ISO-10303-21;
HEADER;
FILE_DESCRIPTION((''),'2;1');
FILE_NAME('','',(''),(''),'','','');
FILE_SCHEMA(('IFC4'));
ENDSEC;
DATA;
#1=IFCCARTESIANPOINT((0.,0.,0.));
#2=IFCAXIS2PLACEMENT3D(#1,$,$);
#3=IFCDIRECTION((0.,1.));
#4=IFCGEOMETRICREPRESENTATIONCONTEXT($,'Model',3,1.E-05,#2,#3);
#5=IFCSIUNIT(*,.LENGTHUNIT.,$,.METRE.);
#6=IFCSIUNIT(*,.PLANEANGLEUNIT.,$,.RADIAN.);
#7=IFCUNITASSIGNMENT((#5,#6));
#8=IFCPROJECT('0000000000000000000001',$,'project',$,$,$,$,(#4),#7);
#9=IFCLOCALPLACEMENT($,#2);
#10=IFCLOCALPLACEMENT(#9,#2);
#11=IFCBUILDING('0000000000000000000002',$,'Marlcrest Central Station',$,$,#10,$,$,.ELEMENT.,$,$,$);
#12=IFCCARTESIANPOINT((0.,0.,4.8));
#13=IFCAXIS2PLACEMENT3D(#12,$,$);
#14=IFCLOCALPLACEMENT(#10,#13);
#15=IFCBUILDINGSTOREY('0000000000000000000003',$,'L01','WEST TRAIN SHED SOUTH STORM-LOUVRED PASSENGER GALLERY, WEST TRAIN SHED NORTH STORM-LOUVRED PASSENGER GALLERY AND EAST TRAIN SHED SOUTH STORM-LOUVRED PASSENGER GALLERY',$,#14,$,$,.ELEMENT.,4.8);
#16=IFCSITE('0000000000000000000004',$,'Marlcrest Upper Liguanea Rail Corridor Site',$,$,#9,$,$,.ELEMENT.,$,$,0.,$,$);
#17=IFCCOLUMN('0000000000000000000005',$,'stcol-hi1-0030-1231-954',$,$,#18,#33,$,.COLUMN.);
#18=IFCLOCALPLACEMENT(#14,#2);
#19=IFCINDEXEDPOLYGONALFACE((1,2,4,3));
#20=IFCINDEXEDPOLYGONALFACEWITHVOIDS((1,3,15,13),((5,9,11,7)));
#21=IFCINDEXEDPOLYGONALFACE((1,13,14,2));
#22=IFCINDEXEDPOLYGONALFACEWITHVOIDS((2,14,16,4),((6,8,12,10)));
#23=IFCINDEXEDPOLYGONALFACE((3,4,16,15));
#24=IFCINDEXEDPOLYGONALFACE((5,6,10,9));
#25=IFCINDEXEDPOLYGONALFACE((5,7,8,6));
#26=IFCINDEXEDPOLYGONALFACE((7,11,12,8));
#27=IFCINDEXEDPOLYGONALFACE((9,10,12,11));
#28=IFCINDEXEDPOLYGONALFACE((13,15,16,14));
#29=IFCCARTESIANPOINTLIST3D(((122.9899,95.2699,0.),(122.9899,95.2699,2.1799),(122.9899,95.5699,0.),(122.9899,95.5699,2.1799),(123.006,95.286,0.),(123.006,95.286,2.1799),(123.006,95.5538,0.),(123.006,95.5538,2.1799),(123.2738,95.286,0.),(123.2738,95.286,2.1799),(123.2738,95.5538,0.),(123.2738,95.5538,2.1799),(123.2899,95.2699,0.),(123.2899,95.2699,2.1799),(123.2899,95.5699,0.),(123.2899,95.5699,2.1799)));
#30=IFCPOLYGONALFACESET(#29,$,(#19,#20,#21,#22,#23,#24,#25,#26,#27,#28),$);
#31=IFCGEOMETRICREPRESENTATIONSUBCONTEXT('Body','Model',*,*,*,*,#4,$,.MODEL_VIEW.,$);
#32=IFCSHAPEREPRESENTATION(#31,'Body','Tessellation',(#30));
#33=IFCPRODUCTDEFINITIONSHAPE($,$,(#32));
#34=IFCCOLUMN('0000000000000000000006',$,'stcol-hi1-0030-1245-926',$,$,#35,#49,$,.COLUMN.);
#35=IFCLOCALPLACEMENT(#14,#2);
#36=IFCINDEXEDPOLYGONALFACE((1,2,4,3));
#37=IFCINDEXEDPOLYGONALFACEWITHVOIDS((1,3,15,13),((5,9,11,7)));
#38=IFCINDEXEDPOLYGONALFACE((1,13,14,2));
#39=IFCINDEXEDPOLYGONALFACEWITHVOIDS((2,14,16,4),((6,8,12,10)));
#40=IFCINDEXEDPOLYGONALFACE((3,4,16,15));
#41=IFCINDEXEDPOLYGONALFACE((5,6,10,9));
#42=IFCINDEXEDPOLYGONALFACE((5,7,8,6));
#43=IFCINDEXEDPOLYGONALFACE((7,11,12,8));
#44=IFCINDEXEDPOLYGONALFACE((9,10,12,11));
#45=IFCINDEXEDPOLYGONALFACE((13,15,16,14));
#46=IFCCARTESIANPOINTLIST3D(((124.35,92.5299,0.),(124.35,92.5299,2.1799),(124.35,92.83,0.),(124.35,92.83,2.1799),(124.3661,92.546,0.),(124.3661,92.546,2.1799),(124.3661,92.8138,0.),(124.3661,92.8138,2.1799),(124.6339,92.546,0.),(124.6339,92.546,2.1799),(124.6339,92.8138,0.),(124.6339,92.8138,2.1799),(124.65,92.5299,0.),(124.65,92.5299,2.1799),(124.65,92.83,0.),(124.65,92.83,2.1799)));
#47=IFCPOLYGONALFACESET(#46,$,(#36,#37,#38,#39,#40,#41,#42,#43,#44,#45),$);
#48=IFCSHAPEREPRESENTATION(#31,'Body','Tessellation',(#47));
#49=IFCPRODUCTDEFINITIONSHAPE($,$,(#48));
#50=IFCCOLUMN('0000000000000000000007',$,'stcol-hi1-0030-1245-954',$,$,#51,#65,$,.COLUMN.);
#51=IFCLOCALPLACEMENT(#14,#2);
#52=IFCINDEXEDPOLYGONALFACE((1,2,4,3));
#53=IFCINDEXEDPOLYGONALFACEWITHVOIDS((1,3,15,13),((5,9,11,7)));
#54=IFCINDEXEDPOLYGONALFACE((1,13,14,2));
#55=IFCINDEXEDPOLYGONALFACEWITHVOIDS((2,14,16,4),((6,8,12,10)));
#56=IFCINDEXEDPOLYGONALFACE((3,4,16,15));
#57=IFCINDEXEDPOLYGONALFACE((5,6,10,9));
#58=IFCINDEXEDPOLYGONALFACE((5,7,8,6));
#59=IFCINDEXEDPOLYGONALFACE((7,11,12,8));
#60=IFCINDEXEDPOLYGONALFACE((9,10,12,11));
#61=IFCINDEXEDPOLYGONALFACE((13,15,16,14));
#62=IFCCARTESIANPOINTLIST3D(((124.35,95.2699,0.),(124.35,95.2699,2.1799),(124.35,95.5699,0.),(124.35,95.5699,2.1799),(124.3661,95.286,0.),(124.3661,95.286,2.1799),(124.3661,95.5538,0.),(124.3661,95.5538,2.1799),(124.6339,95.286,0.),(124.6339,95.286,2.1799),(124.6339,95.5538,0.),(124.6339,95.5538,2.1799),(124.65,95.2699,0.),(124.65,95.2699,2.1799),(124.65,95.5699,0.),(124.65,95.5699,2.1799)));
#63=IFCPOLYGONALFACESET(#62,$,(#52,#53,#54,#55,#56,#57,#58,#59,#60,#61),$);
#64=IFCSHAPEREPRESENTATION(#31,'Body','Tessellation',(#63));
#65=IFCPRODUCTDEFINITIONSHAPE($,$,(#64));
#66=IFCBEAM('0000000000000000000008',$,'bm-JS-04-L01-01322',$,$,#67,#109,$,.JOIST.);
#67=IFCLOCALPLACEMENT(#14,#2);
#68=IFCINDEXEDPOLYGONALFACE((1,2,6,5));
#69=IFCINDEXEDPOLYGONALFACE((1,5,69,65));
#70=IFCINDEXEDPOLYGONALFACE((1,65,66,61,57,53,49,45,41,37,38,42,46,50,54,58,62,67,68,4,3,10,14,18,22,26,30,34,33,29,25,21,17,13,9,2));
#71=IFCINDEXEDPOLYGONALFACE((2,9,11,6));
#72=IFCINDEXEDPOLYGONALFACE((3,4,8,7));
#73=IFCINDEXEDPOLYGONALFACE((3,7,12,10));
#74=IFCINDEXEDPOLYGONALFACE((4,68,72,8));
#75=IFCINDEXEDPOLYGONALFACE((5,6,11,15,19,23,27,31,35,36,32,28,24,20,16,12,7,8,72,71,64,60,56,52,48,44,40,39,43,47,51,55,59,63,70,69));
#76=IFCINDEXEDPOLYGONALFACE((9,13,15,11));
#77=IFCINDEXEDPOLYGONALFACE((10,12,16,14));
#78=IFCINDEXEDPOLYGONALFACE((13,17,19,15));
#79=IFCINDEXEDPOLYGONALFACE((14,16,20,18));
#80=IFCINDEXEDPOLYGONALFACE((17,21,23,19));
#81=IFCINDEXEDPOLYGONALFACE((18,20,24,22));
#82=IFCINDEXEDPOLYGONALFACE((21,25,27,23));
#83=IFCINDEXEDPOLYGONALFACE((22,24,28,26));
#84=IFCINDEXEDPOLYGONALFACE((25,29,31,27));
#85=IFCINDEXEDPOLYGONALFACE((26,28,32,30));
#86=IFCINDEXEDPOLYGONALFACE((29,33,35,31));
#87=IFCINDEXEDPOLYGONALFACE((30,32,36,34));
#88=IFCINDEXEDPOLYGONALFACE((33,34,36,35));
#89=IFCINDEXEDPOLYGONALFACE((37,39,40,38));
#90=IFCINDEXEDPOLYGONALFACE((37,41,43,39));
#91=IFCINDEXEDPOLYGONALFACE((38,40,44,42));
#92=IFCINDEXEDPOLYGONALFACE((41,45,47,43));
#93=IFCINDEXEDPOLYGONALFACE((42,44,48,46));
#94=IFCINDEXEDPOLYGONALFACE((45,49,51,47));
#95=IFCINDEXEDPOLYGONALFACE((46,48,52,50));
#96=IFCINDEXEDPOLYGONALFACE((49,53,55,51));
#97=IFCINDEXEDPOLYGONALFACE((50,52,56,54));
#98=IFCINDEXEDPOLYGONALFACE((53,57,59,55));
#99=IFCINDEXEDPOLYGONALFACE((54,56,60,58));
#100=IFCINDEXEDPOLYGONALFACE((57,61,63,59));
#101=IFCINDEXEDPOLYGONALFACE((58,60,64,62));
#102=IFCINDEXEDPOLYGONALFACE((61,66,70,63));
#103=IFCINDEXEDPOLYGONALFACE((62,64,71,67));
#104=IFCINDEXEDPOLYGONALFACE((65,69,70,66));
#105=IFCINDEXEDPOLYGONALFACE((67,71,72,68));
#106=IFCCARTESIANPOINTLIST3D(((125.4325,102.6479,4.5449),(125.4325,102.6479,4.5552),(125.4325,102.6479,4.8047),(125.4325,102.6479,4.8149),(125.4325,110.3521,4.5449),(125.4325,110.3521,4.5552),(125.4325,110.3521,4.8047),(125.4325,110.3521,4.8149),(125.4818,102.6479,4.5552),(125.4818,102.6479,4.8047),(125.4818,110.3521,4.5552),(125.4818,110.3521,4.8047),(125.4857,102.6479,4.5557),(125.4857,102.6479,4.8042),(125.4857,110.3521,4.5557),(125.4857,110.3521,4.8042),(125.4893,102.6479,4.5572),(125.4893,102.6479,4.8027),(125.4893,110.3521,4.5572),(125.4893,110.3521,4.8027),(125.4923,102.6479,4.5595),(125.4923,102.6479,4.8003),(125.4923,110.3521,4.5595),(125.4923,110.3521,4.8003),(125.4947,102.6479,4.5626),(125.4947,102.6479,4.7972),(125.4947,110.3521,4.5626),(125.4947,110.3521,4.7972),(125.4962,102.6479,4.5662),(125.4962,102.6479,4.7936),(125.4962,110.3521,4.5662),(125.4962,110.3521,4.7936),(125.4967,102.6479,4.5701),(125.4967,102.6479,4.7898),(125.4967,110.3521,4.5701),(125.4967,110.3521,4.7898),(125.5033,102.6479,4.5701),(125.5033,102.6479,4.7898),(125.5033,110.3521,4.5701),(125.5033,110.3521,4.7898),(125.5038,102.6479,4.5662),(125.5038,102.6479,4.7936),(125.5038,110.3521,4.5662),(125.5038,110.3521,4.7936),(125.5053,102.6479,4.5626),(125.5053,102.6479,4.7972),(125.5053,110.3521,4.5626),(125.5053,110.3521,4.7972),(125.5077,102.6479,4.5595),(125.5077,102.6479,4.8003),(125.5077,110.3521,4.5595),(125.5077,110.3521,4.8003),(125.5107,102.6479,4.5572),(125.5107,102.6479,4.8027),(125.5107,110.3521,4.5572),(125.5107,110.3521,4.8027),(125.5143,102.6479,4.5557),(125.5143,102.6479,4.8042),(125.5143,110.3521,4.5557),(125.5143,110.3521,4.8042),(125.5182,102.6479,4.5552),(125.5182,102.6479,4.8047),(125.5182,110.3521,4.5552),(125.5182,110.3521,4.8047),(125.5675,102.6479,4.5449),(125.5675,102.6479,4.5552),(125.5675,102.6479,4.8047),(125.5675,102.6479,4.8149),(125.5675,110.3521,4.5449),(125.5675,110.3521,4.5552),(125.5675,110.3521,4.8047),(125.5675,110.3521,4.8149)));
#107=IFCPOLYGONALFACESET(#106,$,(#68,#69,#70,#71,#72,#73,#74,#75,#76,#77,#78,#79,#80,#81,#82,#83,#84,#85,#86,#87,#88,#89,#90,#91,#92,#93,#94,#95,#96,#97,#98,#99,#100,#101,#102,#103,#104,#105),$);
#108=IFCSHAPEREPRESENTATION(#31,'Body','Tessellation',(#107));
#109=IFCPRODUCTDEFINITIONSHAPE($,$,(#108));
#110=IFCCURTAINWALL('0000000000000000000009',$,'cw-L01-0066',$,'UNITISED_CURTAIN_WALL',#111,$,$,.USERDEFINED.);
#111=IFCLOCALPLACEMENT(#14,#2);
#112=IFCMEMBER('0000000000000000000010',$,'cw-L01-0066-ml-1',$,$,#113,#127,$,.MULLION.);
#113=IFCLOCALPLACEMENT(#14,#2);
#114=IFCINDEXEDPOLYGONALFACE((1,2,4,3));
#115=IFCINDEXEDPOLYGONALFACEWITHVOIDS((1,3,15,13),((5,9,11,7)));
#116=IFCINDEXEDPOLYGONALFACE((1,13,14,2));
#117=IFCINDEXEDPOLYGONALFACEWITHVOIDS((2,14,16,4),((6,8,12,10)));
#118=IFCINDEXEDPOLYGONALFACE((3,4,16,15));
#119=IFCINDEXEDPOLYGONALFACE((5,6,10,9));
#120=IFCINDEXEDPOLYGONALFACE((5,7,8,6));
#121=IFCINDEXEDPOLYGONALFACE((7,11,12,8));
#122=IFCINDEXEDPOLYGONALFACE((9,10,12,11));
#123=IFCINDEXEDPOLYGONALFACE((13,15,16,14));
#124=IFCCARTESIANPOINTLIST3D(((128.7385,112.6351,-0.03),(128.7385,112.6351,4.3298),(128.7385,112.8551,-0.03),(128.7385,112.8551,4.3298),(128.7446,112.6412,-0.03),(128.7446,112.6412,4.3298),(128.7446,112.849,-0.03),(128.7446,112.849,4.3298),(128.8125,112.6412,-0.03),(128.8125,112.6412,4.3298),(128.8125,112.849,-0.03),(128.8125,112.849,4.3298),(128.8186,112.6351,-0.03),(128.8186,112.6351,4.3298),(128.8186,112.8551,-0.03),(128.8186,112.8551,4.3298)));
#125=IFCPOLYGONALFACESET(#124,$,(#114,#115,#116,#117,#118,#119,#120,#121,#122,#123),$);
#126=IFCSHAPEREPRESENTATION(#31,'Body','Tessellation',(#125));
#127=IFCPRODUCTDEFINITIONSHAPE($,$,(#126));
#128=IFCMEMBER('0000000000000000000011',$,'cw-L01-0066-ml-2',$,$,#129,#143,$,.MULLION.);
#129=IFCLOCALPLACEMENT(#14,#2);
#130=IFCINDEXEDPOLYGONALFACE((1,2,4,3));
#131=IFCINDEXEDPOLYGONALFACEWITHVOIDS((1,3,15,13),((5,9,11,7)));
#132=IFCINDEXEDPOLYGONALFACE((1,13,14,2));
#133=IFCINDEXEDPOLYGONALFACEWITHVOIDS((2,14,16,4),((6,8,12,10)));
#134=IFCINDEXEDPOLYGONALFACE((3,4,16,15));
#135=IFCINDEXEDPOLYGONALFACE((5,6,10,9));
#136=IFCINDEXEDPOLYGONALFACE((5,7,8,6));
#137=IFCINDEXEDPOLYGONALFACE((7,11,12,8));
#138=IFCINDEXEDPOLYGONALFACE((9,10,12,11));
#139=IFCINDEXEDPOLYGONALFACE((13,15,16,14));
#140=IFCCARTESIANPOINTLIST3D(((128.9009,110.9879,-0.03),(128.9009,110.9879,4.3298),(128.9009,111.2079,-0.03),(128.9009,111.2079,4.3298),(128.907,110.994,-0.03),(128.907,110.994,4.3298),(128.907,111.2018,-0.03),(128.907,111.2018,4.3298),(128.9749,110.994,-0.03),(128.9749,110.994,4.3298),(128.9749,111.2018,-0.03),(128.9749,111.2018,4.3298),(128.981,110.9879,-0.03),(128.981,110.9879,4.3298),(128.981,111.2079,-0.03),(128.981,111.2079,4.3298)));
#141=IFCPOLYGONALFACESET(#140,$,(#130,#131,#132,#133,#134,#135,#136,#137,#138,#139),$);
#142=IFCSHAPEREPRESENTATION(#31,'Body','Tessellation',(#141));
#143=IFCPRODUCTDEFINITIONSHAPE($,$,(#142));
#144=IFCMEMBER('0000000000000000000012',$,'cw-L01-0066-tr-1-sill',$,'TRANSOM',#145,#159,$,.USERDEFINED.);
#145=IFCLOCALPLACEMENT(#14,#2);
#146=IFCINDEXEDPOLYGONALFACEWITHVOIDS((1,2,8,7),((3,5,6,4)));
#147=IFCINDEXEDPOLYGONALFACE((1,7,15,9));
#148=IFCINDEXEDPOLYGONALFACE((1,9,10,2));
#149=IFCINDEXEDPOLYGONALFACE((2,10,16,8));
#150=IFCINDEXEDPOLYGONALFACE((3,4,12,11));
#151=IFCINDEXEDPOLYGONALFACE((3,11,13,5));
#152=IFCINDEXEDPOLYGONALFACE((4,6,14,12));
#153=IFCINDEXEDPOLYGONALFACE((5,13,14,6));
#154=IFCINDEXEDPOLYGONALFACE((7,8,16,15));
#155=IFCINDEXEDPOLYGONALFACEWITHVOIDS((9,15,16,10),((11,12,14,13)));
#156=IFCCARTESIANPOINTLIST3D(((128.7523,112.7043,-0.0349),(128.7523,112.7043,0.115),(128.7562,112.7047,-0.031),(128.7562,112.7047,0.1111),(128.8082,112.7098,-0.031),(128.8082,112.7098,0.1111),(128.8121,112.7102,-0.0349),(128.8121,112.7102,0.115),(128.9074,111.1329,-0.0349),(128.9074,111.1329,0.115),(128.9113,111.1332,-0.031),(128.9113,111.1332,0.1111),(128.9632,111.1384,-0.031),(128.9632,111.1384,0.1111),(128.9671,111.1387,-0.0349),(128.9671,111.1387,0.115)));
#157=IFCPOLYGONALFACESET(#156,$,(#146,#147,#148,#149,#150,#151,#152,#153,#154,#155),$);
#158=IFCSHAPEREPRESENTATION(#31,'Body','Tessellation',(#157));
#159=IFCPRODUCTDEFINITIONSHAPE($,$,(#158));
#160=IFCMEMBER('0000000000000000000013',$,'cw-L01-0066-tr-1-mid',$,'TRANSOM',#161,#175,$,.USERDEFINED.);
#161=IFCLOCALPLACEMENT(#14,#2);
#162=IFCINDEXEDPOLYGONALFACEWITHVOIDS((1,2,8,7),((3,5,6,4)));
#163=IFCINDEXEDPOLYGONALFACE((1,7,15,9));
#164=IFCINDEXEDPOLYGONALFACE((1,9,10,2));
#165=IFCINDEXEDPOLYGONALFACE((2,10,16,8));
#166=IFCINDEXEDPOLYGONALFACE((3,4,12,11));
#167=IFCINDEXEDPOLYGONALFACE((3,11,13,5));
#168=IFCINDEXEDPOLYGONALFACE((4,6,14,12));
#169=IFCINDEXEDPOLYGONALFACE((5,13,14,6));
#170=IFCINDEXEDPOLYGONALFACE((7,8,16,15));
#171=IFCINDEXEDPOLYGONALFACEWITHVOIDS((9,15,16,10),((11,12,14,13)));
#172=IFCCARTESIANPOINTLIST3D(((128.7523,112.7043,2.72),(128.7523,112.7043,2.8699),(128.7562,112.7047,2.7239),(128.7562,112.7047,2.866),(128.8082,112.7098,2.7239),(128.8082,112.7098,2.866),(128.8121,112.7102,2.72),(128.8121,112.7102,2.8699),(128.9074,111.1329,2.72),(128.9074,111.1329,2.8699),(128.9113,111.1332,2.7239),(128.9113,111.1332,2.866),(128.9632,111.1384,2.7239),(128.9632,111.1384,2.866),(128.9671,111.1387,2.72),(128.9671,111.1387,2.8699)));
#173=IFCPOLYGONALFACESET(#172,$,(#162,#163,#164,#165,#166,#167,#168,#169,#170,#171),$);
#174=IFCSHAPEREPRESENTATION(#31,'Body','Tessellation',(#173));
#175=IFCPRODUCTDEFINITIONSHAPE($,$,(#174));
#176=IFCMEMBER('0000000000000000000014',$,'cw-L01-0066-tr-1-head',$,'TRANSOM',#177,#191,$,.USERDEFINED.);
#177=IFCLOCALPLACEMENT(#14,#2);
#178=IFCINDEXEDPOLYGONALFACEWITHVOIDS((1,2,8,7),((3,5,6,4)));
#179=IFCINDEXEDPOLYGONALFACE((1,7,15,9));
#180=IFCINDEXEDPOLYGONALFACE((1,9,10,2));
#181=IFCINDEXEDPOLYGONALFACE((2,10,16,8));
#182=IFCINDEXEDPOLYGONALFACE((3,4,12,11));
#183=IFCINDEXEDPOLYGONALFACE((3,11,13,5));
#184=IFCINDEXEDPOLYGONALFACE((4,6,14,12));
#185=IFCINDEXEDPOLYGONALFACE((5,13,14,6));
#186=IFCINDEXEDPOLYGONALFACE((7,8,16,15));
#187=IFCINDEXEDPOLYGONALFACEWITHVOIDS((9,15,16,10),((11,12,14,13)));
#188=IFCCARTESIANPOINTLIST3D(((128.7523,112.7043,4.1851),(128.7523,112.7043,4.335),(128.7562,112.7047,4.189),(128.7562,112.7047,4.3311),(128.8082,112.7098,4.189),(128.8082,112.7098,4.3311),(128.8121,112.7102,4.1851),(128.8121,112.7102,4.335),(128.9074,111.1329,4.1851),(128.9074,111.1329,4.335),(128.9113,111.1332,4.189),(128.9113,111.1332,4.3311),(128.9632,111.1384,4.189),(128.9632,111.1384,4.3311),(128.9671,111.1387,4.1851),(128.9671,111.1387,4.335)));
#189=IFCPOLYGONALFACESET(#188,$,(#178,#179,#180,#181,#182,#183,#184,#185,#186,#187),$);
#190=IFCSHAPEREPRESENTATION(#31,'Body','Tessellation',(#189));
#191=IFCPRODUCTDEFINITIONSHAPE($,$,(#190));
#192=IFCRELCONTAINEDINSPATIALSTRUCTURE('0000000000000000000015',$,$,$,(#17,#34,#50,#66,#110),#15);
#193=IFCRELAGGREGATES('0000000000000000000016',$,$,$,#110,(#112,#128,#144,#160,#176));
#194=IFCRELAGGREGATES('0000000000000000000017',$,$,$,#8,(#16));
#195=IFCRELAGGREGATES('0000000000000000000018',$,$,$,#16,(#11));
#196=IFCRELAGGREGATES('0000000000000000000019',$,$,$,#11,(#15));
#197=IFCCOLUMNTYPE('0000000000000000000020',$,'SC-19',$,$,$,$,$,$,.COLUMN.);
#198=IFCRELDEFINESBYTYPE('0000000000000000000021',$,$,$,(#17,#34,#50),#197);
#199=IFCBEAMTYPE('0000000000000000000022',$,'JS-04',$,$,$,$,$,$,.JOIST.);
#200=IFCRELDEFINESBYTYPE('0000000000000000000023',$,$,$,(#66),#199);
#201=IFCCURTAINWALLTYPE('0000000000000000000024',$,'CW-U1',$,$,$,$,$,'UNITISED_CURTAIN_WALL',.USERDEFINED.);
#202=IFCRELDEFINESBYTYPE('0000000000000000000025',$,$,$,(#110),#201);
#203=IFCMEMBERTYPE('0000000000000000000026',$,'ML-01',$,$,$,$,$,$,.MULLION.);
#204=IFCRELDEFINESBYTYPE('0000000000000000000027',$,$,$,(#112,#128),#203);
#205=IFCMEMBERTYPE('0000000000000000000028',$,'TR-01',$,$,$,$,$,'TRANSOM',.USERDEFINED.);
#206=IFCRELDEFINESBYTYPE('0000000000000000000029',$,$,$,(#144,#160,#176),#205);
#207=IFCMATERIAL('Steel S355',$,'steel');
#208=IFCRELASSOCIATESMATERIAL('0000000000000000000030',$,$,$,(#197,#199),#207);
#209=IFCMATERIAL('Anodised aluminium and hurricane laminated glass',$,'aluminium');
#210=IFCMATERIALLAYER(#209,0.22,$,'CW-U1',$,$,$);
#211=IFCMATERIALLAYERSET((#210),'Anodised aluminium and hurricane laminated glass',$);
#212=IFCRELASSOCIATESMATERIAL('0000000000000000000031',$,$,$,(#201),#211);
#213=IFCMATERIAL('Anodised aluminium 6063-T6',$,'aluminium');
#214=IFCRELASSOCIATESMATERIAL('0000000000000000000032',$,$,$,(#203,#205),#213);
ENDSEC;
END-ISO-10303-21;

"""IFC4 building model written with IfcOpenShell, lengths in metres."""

from ifc_helpers import new_model, si_unit, direction, frame, origin, origin_2d, place, context, subcontext, project, spatial, hollow_rectangle, i_section, extrude, material, layer, layer_set, material_profile, profile_set, type_object, element, aggregate, save


model = new_model("IFC4")

# Units and contexts
model_context = context("Model", 3, precision=1e-05, world=origin(), true_north=direction((0.0, 1.0)))
body_context = subcontext(model_context, "Body", "Model", "MODEL_VIEW")
ifc_project = project(units=[si_unit("LENGTHUNIT", "METRE"), si_unit("PLANEANGLEUNIT", "RADIAN")], contexts=[model_context])

# Site, building, storey
site_placement = place(None, origin())
site = spatial("IfcSite", under=ifc_project, at=site_placement, Name="Marlcrest Upper Liguanea Rail Corridor Site", CompositionType="ELEMENT", RefElevation=0.0)
building_placement = place(site_placement, origin())
building = spatial("IfcBuilding", under=site, at=building_placement, Name="Marlcrest Central Station", CompositionType="ELEMENT")
storey_placement = place(building_placement, frame((0.0, 0.0, 4.8)))
storey = spatial("IfcBuildingStorey", under=building, at=storey_placement, Name="L01", Description="WEST TRAIN SHED SOUTH STORM-LOUVRED PASSENGER GALLERY, WEST TRAIN SHED NORTH STORM-LOUVRED PASSENGER GALLERY AND EAST TRAIN SHED SOUTH STORM-LOUVRED PASSENGER GALLERY", CompositionType="ELEMENT", Elevation=4.8)

# Columns
ifc_material_1 = material(Name="Steel S355", Category="steel")
ifc_material_profile_1 = material_profile(ifc_material_1, hollow_rectangle(XDim=0.3, YDim=0.3, WallThickness=0.0161, at=origin_2d()), Name="SHS 300x300x16")
ifc_profile_set_1 = profile_set([ifc_material_profile_1], Name="Steel S355")
column_type = type_object("IfcColumnType", Name="SC-19", PredefinedType="COLUMN", material=ifc_profile_set_1)
for number, where, z_axis, x_axis, name in (
    (1, (123.1399, 95.4199, 0.0), (0.0, 0.0, 1.0), (1.0, 0.0, 0.0), "stcol-hi1-0030-1231-954"),
    (2, (124.5, 92.6799, 0.0), (0.0, 0.0, 1.0), (1.0, 0.0, 0.0), "stcol-hi1-0030-1245-926"),
    (3, (124.5, 95.4199, 0.0), (0.0, 0.0, 1.0), (1.0, 0.0, 0.0), "stcol-hi1-0030-1245-954"),
):
    element("IfcColumn", number, at=place(storey_placement, frame(where, z_axis=z_axis, x_axis=x_axis)), inside=storey, type_object=column_type, Name=name, PredefinedType="COLUMN", context=body_context, shape_type="SweptSolid", body=[
        extrude(hollow_rectangle(XDim=0.3, YDim=0.3, WallThickness=0.0161, at=origin_2d()), origin(), (0.0, 0.0, 1.0), 2.1799),
    ])

# Beam
ifc_material_profile_2 = material_profile(ifc_material_1, i_section(OverallWidth=0.135, OverallDepth=0.27, WebThickness=0.0066, FlangeThickness=0.0103, FilletRadius=0.0149, at=origin_2d()), Name="IPE 270")
ifc_profile_set_2 = profile_set([ifc_material_profile_2], Name="Steel S355")
beam_type = type_object("IfcBeamType", Name="JS-04", PredefinedType="JOIST", material=ifc_profile_set_2)
beam_placement = place(storey_placement, frame((125.5, 102.6479, 4.6799), z_axis=(0.0, 1.0, 0.0), x_axis=(-1.0, 0.0, 0.0)))
element("IfcBeam", 4, at=beam_placement, inside=storey, type_object=beam_type, Name="bm-JS-04-L01-01322", PredefinedType="JOIST", context=body_context, shape_type="SweptSolid", body=[
    extrude(i_section(OverallWidth=0.135, OverallDepth=0.27, WebThickness=0.0066, FlangeThickness=0.0103, FilletRadius=0.0149, at=origin_2d()), origin(), (0.0, 0.0, 1.0), 7.7041),
])

# Curtain wall, members
ifc_material_2 = material(Name="Anodised aluminium and hurricane laminated glass", Category="aluminium")
ifc_layer_1 = layer(ifc_material_2, 0.22, Name="CW-U1")
ifc_layer_set_1 = layer_set([ifc_layer_1], Name="Anodised aluminium and hurricane laminated glass")
curtain_wall_type = type_object("IfcCurtainWallType", Name="CW-U1", ElementType="UNITISED_CURTAIN_WALL", PredefinedType="USERDEFINED", material=ifc_layer_set_1)
curtain_wall_placement = place(storey_placement, origin())
curtain_wall = element("IfcCurtainWall", 5, at=curtain_wall_placement, inside=storey, type_object=curtain_wall_type, Name="cw-L01-0066", ObjectType="UNITISED_CURTAIN_WALL", PredefinedType="USERDEFINED")
ifc_material_3 = material(Name="Anodised aluminium 6063-T6", Category="aluminium")
ifc_material_profile_3 = material_profile(ifc_material_3, hollow_rectangle(XDim=0.0801, YDim=0.22, WallThickness=0.0061, at=origin_2d()), Name="AA-RHS 220x80x6")
ifc_profile_set_3 = profile_set([ifc_material_profile_3], Name="Anodised aluminium 6063-T6")
member_type_1 = type_object("IfcMemberType", Name="ML-01", PredefinedType="MULLION", material=ifc_profile_set_3)
member_1_placement = place(storey_placement, frame((128.7786, 112.7451, -0.03), z_axis=(0.0, 0.0, 1.0), x_axis=(1.0, 0.0, 0.0)))
member_1 = element("IfcMember", 6, at=member_1_placement, type_object=member_type_1, Name="cw-L01-0066-ml-1", PredefinedType="MULLION", context=body_context, shape_type="SweptSolid", body=[
    extrude(hollow_rectangle(XDim=0.0801, YDim=0.22, WallThickness=0.0061, at=origin_2d()), origin(), (0.0, 0.0, 1.0), 4.3599),
])
member_2_placement = place(storey_placement, frame((128.9409, 111.0979, -0.03), z_axis=(0.0, 0.0, 1.0), x_axis=(1.0, 0.0, 0.0)))
member_2 = element("IfcMember", 7, at=member_2_placement, type_object=member_type_1, Name="cw-L01-0066-ml-2", PredefinedType="MULLION", context=body_context, shape_type="SweptSolid", body=[
    extrude(hollow_rectangle(XDim=0.0801, YDim=0.22, WallThickness=0.0061, at=origin_2d()), origin(), (0.0, 0.0, 1.0), 4.3599),
])
ifc_material_profile_4 = material_profile(ifc_material_3, hollow_rectangle(XDim=0.0601, YDim=0.1499, WallThickness=0.0039, at=origin_2d()), Name="AA-RHS 150x60x4")
ifc_profile_set_4 = profile_set([ifc_material_profile_4], Name="Anodised aluminium 6063-T6")
member_type_2 = type_object("IfcMemberType", Name="TR-01", ElementType="TRANSOM", PredefinedType="USERDEFINED", material=ifc_profile_set_4)
member_3_placement = place(storey_placement, frame((128.7822, 112.7073, 0.04), z_axis=(0.098172, -0.995169, 0.0), x_axis=(0.995169, 0.098172, 0.0)))
member_3 = element("IfcMember", 8, at=member_3_placement, type_object=member_type_2, Name="cw-L01-0066-tr-1-sill", ObjectType="TRANSOM", PredefinedType="USERDEFINED", context=body_context, shape_type="SweptSolid", body=[
    extrude(hollow_rectangle(XDim=0.0601, YDim=0.1499, WallThickness=0.0039, at=origin_2d()), origin(), (0.0, 0.0, 1.0), 1.5791),
])
member_4_placement = place(storey_placement, frame((128.7822, 112.7073, 2.7949), z_axis=(0.098172, -0.995169, 0.0), x_axis=(0.995169, 0.098172, 0.0)))
member_4 = element("IfcMember", 9, at=member_4_placement, type_object=member_type_2, Name="cw-L01-0066-tr-1-mid", ObjectType="TRANSOM", PredefinedType="USERDEFINED", context=body_context, shape_type="SweptSolid", body=[
    extrude(hollow_rectangle(XDim=0.0601, YDim=0.1499, WallThickness=0.0039, at=origin_2d()), origin(), (0.0, 0.0, 1.0), 1.5791),
])
member_5_placement = place(storey_placement, frame((128.7822, 112.7073, 4.26), z_axis=(0.098172, -0.995169, 0.0), x_axis=(0.995169, 0.098172, 0.0)))
member_5 = element("IfcMember", 10, at=member_5_placement, type_object=member_type_2, Name="cw-L01-0066-tr-1-head", ObjectType="TRANSOM", PredefinedType="USERDEFINED", context=body_context, shape_type="SweptSolid", body=[
    extrude(hollow_rectangle(XDim=0.0601, YDim=0.1499, WallThickness=0.0039, at=origin_2d()), origin(), (0.0, 0.0, 1.0), 1.5791),
])
aggregate(curtain_wall, [member_1, member_2, member_3, member_4, member_5])

save(model, "model.ifc")
